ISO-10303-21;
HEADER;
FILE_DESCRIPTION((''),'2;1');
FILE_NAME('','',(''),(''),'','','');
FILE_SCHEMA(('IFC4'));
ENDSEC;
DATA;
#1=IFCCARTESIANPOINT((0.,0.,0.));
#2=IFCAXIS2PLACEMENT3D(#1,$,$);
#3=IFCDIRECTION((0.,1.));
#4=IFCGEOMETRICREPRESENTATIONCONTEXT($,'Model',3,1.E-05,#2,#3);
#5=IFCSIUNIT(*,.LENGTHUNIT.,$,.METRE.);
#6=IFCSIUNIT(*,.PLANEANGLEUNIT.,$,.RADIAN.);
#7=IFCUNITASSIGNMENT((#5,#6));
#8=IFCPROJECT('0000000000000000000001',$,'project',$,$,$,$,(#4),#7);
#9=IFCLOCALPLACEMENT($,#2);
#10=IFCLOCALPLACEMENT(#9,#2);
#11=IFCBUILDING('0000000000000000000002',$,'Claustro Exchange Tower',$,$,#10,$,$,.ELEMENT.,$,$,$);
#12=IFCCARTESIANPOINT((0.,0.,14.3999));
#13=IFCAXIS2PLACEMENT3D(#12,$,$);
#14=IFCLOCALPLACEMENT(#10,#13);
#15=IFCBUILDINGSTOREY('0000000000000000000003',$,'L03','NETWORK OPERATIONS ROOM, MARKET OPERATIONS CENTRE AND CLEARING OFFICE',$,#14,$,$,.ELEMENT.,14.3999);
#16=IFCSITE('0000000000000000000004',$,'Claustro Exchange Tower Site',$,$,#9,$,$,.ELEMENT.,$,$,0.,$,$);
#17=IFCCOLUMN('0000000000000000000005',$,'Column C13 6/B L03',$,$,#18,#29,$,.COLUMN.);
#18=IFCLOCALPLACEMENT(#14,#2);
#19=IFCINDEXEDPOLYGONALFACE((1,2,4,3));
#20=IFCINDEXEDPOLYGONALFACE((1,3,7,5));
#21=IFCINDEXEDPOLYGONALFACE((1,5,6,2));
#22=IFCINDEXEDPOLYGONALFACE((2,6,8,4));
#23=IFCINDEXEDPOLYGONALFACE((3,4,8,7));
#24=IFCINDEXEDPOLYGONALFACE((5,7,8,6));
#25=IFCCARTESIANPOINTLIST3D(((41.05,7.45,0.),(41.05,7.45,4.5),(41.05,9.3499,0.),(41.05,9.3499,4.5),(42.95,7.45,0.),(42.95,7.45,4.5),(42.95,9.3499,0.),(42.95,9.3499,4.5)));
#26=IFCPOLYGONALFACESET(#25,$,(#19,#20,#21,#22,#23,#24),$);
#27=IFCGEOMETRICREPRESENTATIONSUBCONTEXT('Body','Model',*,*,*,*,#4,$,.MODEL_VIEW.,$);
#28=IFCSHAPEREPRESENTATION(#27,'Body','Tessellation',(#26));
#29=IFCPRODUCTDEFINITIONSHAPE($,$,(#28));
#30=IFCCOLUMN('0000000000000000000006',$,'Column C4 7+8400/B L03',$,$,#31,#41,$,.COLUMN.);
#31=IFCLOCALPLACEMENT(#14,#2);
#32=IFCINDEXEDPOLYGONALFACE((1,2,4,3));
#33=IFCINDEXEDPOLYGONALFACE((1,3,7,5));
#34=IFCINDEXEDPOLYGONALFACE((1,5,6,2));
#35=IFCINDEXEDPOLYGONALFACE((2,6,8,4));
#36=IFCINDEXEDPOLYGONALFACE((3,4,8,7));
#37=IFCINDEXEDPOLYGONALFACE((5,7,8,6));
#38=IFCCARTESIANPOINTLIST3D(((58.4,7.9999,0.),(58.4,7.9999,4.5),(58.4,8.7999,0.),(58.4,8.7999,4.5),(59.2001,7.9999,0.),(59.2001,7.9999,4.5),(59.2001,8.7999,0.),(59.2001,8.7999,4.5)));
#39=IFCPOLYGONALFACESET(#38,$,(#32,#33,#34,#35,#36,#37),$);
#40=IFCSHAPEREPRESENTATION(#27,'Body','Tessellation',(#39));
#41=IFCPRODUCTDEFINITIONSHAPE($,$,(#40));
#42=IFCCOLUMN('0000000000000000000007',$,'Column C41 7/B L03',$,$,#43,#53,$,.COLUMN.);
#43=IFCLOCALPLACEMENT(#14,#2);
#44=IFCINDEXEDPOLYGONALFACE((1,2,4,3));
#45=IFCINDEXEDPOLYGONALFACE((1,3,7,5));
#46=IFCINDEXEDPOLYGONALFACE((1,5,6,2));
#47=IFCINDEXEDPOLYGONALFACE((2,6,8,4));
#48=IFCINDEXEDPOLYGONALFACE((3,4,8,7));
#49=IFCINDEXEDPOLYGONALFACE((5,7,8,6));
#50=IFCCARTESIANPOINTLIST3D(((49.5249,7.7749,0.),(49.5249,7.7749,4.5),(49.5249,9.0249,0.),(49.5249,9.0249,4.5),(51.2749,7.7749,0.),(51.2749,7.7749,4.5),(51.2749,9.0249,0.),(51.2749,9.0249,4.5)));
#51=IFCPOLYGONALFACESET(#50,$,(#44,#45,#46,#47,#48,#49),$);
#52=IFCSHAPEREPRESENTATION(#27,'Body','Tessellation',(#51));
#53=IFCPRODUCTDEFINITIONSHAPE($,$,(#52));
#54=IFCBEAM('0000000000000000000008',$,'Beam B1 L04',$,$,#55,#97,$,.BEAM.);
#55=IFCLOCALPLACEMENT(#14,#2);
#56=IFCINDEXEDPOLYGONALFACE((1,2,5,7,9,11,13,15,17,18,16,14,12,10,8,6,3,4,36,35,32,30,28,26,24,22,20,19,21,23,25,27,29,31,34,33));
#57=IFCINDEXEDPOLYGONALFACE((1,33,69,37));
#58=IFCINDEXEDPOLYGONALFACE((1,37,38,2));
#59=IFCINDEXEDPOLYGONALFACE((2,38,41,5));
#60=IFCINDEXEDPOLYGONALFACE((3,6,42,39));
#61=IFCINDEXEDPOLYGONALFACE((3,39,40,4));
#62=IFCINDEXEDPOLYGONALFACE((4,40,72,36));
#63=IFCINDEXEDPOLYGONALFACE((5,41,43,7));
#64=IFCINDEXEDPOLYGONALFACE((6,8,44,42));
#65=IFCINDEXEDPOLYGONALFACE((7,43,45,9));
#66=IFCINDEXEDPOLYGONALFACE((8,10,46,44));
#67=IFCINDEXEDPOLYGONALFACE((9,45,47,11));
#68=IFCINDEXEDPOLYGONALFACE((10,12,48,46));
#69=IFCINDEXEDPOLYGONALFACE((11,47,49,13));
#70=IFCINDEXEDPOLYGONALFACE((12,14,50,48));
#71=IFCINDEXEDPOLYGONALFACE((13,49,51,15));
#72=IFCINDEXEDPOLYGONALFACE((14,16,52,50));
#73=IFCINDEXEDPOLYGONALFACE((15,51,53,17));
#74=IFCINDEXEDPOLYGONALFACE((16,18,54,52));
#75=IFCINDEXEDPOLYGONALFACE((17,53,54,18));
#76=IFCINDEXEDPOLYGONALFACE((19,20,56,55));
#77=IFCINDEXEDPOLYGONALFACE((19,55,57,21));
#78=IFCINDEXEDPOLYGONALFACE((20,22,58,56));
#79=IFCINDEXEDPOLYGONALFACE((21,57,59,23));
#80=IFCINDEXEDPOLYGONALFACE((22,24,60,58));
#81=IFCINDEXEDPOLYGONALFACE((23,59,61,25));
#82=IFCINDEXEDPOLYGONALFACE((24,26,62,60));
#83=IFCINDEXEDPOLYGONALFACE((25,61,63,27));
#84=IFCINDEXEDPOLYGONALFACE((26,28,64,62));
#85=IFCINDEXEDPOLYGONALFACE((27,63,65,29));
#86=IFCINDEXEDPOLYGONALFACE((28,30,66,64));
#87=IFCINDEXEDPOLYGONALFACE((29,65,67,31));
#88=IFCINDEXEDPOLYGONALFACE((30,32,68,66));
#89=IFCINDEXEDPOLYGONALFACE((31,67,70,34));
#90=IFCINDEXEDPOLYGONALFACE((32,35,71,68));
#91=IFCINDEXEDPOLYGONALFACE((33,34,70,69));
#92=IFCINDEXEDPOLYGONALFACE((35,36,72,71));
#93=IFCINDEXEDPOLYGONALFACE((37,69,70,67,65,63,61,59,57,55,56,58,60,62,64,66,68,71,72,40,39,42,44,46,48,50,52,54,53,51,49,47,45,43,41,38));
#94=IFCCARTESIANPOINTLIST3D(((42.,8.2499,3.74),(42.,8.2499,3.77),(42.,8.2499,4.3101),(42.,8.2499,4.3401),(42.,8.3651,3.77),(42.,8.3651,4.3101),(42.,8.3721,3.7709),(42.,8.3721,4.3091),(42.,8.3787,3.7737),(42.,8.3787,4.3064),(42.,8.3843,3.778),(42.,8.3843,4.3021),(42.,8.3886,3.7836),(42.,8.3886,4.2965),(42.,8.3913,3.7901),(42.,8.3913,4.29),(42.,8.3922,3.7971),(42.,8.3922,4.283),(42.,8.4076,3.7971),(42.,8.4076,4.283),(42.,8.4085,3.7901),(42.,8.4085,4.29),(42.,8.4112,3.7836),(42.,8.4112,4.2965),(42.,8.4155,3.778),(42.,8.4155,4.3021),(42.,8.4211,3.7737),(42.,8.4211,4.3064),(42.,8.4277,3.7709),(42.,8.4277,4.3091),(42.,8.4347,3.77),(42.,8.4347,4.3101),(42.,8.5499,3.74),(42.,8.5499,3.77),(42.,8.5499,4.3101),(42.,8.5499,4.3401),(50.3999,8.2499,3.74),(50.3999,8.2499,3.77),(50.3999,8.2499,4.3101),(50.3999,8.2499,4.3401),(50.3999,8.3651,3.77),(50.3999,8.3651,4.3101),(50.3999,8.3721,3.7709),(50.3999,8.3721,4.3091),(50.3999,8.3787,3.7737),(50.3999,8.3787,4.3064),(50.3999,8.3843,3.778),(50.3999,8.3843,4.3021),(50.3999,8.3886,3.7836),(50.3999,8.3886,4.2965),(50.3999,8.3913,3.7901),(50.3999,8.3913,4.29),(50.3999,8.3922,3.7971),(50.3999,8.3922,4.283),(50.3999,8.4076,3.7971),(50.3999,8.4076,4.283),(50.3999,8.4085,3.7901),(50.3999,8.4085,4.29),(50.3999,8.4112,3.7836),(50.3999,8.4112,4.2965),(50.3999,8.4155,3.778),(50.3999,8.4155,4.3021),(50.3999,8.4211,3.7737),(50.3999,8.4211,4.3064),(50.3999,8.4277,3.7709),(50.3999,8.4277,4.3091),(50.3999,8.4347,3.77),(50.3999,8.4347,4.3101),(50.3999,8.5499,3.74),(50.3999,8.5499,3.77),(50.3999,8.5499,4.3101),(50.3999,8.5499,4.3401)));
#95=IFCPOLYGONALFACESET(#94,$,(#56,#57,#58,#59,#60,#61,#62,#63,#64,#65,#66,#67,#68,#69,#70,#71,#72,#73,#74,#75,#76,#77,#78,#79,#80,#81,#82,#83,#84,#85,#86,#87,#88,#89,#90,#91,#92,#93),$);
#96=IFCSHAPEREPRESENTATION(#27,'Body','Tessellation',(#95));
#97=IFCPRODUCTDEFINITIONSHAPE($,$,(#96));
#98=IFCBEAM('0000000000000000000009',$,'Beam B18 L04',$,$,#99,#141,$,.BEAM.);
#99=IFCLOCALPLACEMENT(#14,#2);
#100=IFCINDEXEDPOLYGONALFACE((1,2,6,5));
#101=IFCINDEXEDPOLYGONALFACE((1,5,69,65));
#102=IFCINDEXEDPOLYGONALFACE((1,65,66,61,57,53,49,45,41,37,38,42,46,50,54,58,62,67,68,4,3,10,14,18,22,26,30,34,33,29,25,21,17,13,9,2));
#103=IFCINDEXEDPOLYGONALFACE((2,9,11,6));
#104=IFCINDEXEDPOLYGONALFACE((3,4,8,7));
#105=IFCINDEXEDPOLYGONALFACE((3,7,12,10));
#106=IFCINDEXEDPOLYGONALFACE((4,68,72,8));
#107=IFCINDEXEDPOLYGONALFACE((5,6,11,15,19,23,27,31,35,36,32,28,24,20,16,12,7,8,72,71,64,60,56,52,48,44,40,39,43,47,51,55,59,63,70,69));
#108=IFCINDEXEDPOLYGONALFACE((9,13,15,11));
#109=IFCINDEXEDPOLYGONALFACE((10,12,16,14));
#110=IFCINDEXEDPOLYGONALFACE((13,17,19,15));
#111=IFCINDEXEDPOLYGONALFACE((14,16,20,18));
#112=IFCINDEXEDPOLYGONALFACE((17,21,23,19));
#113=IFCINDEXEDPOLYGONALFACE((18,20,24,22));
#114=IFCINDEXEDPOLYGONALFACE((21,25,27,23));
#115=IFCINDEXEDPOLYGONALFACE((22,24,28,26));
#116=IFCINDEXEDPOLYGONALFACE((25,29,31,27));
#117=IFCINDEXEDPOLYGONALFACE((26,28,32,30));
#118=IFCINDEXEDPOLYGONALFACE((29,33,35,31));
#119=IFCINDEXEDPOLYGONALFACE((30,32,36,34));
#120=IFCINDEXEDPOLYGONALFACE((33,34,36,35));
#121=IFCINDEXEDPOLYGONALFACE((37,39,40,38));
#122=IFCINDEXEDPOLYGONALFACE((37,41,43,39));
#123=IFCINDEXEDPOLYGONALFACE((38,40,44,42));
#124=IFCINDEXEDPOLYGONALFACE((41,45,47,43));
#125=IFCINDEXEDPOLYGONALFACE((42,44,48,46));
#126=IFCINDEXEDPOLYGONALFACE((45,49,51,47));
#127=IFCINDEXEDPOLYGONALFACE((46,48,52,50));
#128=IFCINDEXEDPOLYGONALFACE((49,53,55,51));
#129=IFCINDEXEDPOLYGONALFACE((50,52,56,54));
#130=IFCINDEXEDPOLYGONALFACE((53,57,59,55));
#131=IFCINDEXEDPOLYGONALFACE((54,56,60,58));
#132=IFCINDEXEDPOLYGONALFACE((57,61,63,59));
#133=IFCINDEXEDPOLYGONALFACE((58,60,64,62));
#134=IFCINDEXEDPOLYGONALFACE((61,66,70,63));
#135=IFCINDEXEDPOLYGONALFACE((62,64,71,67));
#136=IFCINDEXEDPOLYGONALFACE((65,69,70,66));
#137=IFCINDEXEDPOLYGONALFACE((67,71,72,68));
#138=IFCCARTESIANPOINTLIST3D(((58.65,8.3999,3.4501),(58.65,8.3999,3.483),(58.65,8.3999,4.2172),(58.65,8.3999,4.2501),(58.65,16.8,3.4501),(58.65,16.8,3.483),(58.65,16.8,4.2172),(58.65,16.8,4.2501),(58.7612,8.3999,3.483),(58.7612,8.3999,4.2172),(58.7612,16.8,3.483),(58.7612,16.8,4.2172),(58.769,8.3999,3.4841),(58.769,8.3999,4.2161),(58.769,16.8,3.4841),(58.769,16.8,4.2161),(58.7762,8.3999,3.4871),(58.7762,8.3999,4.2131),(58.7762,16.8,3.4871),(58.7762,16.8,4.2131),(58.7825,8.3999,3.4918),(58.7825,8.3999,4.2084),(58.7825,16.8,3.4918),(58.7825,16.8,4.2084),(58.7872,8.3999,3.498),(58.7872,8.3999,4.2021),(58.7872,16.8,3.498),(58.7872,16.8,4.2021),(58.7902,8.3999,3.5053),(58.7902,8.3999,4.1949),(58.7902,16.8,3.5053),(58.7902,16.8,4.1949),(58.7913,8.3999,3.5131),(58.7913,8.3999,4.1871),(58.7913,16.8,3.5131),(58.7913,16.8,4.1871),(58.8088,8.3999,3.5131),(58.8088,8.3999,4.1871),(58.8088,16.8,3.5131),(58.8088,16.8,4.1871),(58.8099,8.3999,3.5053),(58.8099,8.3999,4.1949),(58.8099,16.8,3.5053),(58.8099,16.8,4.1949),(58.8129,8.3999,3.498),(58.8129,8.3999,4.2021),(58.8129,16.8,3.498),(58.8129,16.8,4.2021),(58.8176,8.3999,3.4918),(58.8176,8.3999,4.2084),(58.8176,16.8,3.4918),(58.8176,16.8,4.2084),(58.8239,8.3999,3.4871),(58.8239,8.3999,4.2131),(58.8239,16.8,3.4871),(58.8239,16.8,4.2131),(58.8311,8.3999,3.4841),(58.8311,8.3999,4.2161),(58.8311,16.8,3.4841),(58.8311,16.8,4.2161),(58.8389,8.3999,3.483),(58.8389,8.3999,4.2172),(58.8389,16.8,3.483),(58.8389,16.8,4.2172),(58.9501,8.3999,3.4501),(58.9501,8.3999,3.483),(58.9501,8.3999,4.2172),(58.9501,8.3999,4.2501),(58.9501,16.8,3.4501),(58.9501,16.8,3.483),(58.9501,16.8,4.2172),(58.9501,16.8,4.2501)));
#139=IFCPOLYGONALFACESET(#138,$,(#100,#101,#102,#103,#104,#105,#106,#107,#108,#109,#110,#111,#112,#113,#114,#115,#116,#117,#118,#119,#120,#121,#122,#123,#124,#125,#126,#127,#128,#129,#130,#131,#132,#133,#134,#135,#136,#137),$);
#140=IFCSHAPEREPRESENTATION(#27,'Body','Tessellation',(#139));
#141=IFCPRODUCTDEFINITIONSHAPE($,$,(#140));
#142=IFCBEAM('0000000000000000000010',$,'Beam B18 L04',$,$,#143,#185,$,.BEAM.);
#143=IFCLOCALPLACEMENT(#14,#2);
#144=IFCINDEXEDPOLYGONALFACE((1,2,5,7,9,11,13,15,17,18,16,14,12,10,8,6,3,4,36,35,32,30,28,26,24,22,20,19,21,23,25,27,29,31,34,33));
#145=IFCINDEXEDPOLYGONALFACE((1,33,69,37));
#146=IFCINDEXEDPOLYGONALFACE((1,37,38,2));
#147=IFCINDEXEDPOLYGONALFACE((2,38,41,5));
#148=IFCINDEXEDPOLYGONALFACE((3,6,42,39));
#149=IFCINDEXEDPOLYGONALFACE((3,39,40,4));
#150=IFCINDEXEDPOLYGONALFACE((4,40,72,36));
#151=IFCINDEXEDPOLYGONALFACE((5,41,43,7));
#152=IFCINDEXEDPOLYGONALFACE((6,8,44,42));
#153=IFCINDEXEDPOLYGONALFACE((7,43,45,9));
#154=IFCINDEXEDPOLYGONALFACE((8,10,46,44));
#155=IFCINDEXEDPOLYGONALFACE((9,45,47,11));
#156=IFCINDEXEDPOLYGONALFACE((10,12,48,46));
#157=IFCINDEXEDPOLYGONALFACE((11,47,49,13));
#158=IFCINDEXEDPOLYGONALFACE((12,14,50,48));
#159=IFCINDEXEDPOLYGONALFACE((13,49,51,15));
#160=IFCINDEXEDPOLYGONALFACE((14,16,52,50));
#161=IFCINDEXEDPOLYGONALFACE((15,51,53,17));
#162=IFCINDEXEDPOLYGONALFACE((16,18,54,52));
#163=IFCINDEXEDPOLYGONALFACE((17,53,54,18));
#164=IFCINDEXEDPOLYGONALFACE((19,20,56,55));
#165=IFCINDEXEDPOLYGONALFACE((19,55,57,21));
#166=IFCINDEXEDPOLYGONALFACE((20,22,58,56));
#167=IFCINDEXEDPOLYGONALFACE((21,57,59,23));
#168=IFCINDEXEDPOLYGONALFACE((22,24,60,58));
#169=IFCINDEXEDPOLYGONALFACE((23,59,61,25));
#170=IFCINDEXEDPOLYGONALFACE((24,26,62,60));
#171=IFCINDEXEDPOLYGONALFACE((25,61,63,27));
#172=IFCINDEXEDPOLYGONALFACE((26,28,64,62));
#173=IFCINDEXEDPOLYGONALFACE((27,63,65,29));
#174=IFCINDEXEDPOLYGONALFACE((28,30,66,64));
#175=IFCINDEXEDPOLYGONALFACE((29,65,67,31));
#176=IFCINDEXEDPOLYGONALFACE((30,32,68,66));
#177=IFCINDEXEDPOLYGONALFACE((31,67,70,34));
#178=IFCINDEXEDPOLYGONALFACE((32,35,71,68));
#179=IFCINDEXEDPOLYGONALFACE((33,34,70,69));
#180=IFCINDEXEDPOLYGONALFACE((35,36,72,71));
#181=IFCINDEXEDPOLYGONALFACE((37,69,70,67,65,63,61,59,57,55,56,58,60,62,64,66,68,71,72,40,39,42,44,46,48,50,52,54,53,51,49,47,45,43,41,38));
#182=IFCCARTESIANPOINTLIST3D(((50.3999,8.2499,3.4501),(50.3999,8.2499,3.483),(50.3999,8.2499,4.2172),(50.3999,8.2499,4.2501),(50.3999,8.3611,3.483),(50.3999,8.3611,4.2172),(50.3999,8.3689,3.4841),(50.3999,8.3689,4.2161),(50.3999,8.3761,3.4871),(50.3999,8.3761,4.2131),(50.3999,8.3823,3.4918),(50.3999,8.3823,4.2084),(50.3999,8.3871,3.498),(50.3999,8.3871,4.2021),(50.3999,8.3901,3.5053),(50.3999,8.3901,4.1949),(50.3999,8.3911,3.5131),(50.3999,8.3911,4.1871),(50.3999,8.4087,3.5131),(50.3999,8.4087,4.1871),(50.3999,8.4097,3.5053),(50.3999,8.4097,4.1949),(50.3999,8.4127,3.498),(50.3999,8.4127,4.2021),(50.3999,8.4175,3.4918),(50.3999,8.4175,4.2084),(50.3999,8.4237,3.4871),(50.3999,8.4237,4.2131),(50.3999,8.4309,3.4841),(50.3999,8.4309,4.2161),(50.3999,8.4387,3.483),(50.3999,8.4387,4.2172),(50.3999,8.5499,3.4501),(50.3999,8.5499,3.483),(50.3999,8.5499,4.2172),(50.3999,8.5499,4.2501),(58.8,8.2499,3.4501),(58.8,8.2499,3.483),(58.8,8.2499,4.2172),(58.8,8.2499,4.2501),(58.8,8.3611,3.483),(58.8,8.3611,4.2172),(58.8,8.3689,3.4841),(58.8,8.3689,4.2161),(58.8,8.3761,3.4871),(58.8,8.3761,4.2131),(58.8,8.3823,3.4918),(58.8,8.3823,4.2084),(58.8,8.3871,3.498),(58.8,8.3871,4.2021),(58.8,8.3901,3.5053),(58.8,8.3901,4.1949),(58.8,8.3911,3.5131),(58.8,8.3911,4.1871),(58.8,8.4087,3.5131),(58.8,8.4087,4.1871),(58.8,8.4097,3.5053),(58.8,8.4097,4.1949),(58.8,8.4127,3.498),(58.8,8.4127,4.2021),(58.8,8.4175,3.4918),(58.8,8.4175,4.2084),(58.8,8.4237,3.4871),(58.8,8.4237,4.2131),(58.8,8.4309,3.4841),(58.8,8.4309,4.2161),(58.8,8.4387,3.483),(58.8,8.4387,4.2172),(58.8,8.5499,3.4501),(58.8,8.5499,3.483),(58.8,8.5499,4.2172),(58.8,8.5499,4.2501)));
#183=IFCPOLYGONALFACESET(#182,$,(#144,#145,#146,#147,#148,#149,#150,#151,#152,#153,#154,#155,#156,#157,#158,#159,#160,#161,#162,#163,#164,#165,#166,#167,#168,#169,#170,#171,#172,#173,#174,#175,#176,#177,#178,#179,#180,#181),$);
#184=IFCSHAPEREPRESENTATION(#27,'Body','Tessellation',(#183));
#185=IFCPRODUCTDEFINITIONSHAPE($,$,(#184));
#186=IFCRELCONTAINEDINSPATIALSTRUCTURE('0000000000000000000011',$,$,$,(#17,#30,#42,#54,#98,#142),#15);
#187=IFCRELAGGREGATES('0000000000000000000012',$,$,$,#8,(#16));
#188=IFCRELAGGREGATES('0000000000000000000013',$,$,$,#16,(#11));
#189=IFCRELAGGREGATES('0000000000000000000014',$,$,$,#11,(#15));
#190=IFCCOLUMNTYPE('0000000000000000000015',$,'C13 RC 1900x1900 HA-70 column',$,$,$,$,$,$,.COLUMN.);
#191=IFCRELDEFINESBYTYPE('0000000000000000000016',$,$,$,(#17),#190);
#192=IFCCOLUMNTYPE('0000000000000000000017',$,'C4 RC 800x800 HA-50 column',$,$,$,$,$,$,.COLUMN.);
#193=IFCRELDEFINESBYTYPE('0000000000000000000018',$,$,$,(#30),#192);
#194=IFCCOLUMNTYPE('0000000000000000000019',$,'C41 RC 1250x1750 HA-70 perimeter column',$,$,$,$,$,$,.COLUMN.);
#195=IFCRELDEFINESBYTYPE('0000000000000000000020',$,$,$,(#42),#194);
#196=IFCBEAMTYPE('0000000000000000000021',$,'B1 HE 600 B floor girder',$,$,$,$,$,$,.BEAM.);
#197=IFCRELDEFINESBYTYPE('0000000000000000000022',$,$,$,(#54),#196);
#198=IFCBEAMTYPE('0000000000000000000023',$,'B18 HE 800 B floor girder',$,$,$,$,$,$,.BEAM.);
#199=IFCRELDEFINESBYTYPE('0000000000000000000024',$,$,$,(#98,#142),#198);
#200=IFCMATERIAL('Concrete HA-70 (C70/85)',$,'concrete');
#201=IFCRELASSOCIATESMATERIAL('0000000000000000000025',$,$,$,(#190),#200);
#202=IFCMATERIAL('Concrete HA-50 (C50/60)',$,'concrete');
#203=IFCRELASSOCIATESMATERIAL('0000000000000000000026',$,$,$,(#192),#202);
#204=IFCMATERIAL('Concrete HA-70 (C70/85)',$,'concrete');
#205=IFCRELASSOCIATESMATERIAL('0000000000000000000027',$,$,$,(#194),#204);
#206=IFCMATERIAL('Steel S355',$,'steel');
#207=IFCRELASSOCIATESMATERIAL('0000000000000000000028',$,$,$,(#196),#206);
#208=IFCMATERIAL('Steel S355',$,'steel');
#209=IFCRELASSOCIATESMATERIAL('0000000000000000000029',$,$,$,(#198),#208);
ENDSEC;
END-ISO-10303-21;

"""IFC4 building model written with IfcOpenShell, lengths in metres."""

from ifc_helpers import new_model, si_unit, direction, frame, origin, origin_2d, place, context, subcontext, project, spatial, rectangle, i_section, extrude, material, material_profile, profile_set, type_object, element, save


model = new_model("IFC4")

# Units and contexts
model_context = context("Model", 3, precision=1e-05, world=origin(), true_north=direction((0.0, 1.0)))
body_context = subcontext(model_context, "Body", "Model", "MODEL_VIEW")
ifc_project = project(units=[si_unit("LENGTHUNIT", "METRE"), si_unit("PLANEANGLEUNIT", "RADIAN")], contexts=[model_context])

# Site, building, storey
site_placement = place(None, origin())
site = spatial("IfcSite", under=ifc_project, at=site_placement, Name="Claustro Exchange Tower Site", CompositionType="ELEMENT", RefElevation=0.0)
building_placement = place(site_placement, origin())
building = spatial("IfcBuilding", under=site, at=building_placement, Name="Claustro Exchange Tower", CompositionType="ELEMENT")
storey_placement = place(building_placement, frame((0.0, 0.0, 14.3999)))
storey = spatial("IfcBuildingStorey", under=building, at=storey_placement, Name="L03", Description="NETWORK OPERATIONS ROOM, MARKET OPERATIONS CENTRE AND CLEARING OFFICE", CompositionType="ELEMENT", Elevation=14.3999)

# Columns
ifc_material_1 = material(Name="Concrete HA-70 (C70/85)", Category="concrete")
ifc_material_profile_1 = material_profile(ifc_material_1, rectangle(XDim=1.8999, YDim=1.8999, at=origin_2d()), Name="RC 1900x1900")
ifc_profile_set_1 = profile_set([ifc_material_profile_1], Name="Concrete HA-70 (C70/85)")
column_type_1 = type_object("IfcColumnType", Name="C13 RC 1900x1900 HA-70 column", PredefinedType="COLUMN", material=ifc_profile_set_1)
column_1_placement = place(storey_placement, frame((42.0, 8.3999, 0.0), z_axis=(0.0, 0.0, 1.0), x_axis=(1.0, 0.0, 0.0)))
element("IfcColumn", 1, at=column_1_placement, inside=storey, type_object=column_type_1, Name="Column C13 6/B L03", PredefinedType="COLUMN", context=body_context, shape_type="SweptSolid", body=[
    extrude(rectangle(XDim=1.8999, YDim=1.8999, at=origin_2d()), origin(), (0.0, 0.0, 1.0), 4.5),
])
ifc_material_2 = material(Name="Concrete HA-50 (C50/60)", Category="concrete")
ifc_material_profile_2 = material_profile(ifc_material_2, rectangle(XDim=0.8, YDim=0.8, at=origin_2d()), Name="RC 800x800")
ifc_profile_set_2 = profile_set([ifc_material_profile_2], Name="Concrete HA-50 (C50/60)")
column_type_2 = type_object("IfcColumnType", Name="C4 RC 800x800 HA-50 column", PredefinedType="COLUMN", material=ifc_profile_set_2)
column_2_placement = place(storey_placement, frame((58.8, 8.3999, 0.0), z_axis=(0.0, 0.0, 1.0), x_axis=(1.0, 0.0, 0.0)))
element("IfcColumn", 2, at=column_2_placement, inside=storey, type_object=column_type_2, Name="Column C4 7+8400/B L03", PredefinedType="COLUMN", context=body_context, shape_type="SweptSolid", body=[
    extrude(rectangle(XDim=0.8, YDim=0.8, at=origin_2d()), origin(), (0.0, 0.0, 1.0), 4.5),
])
ifc_material_3 = material(Name="Concrete HA-70 (C70/85)", Category="concrete")
ifc_material_profile_3 = material_profile(ifc_material_3, rectangle(XDim=1.25, YDim=1.75, at=origin_2d()), Name="RC 1250x1750")
ifc_profile_set_3 = profile_set([ifc_material_profile_3], Name="Concrete HA-70 (C70/85)")
column_type_3 = type_object("IfcColumnType", Name="C41 RC 1250x1750 HA-70 perimeter column", PredefinedType="COLUMN", material=ifc_profile_set_3)
column_3_placement = place(storey_placement, frame((50.3999, 8.3999, 0.0), z_axis=(0.0, 0.0, 1.0), x_axis=(0.0, 1.0, 0.0)))
element("IfcColumn", 3, at=column_3_placement, inside=storey, type_object=column_type_3, Name="Column C41 7/B L03", PredefinedType="COLUMN", context=body_context, shape_type="SweptSolid", body=[
    extrude(rectangle(XDim=1.25, YDim=1.75, at=origin_2d()), origin(), (0.0, 0.0, 1.0), 4.5),
])

# Beams
ifc_material_4 = material(Name="Steel S355", Category="steel")
ifc_material_profile_4 = material_profile(ifc_material_4, i_section(OverallWidth=0.3, OverallDepth=0.6001, WebThickness=0.0154, FlangeThickness=0.03, FilletRadius=0.0271, at=origin_2d()), Name="HE 600 B")
ifc_profile_set_4 = profile_set([ifc_material_profile_4], Name="Steel S355")
beam_type_1 = type_object("IfcBeamType", Name="B1 HE 600 B floor girder", PredefinedType="BEAM", material=ifc_profile_set_4)
beam_1_placement = place(storey_placement, frame((42.0, 8.3999, 4.04), z_axis=(1.0, 0.0, 0.0), x_axis=(0.0, 1.0, 0.0)))
element("IfcBeam", 4, at=beam_1_placement, inside=storey, type_object=beam_type_1, Name="Beam B1 L04", PredefinedType="BEAM", context=body_context, shape_type="SweptSolid", body=[
    extrude(i_section(OverallWidth=0.3, OverallDepth=0.6001, WebThickness=0.0154, FlangeThickness=0.03, FilletRadius=0.0271, at=origin_2d()), origin(), (0.0, 0.0, 1.0), 8.3999),
])
ifc_material_5 = material(Name="Steel S355", Category="steel")
ifc_material_profile_5 = material_profile(ifc_material_5, i_section(OverallWidth=0.3, OverallDepth=0.8, WebThickness=0.0176, FlangeThickness=0.033, FilletRadius=0.03, at=origin_2d()), Name="HE 800 B")
ifc_profile_set_5 = profile_set([ifc_material_profile_5], Name="Steel S355")
beam_type_2 = type_object("IfcBeamType", Name="B18 HE 800 B floor girder", PredefinedType="BEAM", material=ifc_profile_set_5)
for number, where, z_axis, x_axis, name in (
    (5, (58.8, 8.3999, 3.8501), (0.0, 1.0, 0.0), (-1.0, 0.0, 0.0), "Beam B18 L04"),
    (6, (50.3999, 8.3999, 3.8501), (1.0, 0.0, 0.0), (0.0, 1.0, 0.0), "Beam B18 L04"),
):
    element("IfcBeam", number, at=place(storey_placement, frame(where, z_axis=z_axis, x_axis=x_axis)), inside=storey, type_object=beam_type_2, Name=name, PredefinedType="BEAM", context=body_context, shape_type="SweptSolid", body=[
        extrude(i_section(OverallWidth=0.3, OverallDepth=0.8, WebThickness=0.0176, FlangeThickness=0.033, FilletRadius=0.03, at=origin_2d()), origin(), (0.0, 0.0, 1.0), 8.4001),
    ])

save(model, "model.ifc")
